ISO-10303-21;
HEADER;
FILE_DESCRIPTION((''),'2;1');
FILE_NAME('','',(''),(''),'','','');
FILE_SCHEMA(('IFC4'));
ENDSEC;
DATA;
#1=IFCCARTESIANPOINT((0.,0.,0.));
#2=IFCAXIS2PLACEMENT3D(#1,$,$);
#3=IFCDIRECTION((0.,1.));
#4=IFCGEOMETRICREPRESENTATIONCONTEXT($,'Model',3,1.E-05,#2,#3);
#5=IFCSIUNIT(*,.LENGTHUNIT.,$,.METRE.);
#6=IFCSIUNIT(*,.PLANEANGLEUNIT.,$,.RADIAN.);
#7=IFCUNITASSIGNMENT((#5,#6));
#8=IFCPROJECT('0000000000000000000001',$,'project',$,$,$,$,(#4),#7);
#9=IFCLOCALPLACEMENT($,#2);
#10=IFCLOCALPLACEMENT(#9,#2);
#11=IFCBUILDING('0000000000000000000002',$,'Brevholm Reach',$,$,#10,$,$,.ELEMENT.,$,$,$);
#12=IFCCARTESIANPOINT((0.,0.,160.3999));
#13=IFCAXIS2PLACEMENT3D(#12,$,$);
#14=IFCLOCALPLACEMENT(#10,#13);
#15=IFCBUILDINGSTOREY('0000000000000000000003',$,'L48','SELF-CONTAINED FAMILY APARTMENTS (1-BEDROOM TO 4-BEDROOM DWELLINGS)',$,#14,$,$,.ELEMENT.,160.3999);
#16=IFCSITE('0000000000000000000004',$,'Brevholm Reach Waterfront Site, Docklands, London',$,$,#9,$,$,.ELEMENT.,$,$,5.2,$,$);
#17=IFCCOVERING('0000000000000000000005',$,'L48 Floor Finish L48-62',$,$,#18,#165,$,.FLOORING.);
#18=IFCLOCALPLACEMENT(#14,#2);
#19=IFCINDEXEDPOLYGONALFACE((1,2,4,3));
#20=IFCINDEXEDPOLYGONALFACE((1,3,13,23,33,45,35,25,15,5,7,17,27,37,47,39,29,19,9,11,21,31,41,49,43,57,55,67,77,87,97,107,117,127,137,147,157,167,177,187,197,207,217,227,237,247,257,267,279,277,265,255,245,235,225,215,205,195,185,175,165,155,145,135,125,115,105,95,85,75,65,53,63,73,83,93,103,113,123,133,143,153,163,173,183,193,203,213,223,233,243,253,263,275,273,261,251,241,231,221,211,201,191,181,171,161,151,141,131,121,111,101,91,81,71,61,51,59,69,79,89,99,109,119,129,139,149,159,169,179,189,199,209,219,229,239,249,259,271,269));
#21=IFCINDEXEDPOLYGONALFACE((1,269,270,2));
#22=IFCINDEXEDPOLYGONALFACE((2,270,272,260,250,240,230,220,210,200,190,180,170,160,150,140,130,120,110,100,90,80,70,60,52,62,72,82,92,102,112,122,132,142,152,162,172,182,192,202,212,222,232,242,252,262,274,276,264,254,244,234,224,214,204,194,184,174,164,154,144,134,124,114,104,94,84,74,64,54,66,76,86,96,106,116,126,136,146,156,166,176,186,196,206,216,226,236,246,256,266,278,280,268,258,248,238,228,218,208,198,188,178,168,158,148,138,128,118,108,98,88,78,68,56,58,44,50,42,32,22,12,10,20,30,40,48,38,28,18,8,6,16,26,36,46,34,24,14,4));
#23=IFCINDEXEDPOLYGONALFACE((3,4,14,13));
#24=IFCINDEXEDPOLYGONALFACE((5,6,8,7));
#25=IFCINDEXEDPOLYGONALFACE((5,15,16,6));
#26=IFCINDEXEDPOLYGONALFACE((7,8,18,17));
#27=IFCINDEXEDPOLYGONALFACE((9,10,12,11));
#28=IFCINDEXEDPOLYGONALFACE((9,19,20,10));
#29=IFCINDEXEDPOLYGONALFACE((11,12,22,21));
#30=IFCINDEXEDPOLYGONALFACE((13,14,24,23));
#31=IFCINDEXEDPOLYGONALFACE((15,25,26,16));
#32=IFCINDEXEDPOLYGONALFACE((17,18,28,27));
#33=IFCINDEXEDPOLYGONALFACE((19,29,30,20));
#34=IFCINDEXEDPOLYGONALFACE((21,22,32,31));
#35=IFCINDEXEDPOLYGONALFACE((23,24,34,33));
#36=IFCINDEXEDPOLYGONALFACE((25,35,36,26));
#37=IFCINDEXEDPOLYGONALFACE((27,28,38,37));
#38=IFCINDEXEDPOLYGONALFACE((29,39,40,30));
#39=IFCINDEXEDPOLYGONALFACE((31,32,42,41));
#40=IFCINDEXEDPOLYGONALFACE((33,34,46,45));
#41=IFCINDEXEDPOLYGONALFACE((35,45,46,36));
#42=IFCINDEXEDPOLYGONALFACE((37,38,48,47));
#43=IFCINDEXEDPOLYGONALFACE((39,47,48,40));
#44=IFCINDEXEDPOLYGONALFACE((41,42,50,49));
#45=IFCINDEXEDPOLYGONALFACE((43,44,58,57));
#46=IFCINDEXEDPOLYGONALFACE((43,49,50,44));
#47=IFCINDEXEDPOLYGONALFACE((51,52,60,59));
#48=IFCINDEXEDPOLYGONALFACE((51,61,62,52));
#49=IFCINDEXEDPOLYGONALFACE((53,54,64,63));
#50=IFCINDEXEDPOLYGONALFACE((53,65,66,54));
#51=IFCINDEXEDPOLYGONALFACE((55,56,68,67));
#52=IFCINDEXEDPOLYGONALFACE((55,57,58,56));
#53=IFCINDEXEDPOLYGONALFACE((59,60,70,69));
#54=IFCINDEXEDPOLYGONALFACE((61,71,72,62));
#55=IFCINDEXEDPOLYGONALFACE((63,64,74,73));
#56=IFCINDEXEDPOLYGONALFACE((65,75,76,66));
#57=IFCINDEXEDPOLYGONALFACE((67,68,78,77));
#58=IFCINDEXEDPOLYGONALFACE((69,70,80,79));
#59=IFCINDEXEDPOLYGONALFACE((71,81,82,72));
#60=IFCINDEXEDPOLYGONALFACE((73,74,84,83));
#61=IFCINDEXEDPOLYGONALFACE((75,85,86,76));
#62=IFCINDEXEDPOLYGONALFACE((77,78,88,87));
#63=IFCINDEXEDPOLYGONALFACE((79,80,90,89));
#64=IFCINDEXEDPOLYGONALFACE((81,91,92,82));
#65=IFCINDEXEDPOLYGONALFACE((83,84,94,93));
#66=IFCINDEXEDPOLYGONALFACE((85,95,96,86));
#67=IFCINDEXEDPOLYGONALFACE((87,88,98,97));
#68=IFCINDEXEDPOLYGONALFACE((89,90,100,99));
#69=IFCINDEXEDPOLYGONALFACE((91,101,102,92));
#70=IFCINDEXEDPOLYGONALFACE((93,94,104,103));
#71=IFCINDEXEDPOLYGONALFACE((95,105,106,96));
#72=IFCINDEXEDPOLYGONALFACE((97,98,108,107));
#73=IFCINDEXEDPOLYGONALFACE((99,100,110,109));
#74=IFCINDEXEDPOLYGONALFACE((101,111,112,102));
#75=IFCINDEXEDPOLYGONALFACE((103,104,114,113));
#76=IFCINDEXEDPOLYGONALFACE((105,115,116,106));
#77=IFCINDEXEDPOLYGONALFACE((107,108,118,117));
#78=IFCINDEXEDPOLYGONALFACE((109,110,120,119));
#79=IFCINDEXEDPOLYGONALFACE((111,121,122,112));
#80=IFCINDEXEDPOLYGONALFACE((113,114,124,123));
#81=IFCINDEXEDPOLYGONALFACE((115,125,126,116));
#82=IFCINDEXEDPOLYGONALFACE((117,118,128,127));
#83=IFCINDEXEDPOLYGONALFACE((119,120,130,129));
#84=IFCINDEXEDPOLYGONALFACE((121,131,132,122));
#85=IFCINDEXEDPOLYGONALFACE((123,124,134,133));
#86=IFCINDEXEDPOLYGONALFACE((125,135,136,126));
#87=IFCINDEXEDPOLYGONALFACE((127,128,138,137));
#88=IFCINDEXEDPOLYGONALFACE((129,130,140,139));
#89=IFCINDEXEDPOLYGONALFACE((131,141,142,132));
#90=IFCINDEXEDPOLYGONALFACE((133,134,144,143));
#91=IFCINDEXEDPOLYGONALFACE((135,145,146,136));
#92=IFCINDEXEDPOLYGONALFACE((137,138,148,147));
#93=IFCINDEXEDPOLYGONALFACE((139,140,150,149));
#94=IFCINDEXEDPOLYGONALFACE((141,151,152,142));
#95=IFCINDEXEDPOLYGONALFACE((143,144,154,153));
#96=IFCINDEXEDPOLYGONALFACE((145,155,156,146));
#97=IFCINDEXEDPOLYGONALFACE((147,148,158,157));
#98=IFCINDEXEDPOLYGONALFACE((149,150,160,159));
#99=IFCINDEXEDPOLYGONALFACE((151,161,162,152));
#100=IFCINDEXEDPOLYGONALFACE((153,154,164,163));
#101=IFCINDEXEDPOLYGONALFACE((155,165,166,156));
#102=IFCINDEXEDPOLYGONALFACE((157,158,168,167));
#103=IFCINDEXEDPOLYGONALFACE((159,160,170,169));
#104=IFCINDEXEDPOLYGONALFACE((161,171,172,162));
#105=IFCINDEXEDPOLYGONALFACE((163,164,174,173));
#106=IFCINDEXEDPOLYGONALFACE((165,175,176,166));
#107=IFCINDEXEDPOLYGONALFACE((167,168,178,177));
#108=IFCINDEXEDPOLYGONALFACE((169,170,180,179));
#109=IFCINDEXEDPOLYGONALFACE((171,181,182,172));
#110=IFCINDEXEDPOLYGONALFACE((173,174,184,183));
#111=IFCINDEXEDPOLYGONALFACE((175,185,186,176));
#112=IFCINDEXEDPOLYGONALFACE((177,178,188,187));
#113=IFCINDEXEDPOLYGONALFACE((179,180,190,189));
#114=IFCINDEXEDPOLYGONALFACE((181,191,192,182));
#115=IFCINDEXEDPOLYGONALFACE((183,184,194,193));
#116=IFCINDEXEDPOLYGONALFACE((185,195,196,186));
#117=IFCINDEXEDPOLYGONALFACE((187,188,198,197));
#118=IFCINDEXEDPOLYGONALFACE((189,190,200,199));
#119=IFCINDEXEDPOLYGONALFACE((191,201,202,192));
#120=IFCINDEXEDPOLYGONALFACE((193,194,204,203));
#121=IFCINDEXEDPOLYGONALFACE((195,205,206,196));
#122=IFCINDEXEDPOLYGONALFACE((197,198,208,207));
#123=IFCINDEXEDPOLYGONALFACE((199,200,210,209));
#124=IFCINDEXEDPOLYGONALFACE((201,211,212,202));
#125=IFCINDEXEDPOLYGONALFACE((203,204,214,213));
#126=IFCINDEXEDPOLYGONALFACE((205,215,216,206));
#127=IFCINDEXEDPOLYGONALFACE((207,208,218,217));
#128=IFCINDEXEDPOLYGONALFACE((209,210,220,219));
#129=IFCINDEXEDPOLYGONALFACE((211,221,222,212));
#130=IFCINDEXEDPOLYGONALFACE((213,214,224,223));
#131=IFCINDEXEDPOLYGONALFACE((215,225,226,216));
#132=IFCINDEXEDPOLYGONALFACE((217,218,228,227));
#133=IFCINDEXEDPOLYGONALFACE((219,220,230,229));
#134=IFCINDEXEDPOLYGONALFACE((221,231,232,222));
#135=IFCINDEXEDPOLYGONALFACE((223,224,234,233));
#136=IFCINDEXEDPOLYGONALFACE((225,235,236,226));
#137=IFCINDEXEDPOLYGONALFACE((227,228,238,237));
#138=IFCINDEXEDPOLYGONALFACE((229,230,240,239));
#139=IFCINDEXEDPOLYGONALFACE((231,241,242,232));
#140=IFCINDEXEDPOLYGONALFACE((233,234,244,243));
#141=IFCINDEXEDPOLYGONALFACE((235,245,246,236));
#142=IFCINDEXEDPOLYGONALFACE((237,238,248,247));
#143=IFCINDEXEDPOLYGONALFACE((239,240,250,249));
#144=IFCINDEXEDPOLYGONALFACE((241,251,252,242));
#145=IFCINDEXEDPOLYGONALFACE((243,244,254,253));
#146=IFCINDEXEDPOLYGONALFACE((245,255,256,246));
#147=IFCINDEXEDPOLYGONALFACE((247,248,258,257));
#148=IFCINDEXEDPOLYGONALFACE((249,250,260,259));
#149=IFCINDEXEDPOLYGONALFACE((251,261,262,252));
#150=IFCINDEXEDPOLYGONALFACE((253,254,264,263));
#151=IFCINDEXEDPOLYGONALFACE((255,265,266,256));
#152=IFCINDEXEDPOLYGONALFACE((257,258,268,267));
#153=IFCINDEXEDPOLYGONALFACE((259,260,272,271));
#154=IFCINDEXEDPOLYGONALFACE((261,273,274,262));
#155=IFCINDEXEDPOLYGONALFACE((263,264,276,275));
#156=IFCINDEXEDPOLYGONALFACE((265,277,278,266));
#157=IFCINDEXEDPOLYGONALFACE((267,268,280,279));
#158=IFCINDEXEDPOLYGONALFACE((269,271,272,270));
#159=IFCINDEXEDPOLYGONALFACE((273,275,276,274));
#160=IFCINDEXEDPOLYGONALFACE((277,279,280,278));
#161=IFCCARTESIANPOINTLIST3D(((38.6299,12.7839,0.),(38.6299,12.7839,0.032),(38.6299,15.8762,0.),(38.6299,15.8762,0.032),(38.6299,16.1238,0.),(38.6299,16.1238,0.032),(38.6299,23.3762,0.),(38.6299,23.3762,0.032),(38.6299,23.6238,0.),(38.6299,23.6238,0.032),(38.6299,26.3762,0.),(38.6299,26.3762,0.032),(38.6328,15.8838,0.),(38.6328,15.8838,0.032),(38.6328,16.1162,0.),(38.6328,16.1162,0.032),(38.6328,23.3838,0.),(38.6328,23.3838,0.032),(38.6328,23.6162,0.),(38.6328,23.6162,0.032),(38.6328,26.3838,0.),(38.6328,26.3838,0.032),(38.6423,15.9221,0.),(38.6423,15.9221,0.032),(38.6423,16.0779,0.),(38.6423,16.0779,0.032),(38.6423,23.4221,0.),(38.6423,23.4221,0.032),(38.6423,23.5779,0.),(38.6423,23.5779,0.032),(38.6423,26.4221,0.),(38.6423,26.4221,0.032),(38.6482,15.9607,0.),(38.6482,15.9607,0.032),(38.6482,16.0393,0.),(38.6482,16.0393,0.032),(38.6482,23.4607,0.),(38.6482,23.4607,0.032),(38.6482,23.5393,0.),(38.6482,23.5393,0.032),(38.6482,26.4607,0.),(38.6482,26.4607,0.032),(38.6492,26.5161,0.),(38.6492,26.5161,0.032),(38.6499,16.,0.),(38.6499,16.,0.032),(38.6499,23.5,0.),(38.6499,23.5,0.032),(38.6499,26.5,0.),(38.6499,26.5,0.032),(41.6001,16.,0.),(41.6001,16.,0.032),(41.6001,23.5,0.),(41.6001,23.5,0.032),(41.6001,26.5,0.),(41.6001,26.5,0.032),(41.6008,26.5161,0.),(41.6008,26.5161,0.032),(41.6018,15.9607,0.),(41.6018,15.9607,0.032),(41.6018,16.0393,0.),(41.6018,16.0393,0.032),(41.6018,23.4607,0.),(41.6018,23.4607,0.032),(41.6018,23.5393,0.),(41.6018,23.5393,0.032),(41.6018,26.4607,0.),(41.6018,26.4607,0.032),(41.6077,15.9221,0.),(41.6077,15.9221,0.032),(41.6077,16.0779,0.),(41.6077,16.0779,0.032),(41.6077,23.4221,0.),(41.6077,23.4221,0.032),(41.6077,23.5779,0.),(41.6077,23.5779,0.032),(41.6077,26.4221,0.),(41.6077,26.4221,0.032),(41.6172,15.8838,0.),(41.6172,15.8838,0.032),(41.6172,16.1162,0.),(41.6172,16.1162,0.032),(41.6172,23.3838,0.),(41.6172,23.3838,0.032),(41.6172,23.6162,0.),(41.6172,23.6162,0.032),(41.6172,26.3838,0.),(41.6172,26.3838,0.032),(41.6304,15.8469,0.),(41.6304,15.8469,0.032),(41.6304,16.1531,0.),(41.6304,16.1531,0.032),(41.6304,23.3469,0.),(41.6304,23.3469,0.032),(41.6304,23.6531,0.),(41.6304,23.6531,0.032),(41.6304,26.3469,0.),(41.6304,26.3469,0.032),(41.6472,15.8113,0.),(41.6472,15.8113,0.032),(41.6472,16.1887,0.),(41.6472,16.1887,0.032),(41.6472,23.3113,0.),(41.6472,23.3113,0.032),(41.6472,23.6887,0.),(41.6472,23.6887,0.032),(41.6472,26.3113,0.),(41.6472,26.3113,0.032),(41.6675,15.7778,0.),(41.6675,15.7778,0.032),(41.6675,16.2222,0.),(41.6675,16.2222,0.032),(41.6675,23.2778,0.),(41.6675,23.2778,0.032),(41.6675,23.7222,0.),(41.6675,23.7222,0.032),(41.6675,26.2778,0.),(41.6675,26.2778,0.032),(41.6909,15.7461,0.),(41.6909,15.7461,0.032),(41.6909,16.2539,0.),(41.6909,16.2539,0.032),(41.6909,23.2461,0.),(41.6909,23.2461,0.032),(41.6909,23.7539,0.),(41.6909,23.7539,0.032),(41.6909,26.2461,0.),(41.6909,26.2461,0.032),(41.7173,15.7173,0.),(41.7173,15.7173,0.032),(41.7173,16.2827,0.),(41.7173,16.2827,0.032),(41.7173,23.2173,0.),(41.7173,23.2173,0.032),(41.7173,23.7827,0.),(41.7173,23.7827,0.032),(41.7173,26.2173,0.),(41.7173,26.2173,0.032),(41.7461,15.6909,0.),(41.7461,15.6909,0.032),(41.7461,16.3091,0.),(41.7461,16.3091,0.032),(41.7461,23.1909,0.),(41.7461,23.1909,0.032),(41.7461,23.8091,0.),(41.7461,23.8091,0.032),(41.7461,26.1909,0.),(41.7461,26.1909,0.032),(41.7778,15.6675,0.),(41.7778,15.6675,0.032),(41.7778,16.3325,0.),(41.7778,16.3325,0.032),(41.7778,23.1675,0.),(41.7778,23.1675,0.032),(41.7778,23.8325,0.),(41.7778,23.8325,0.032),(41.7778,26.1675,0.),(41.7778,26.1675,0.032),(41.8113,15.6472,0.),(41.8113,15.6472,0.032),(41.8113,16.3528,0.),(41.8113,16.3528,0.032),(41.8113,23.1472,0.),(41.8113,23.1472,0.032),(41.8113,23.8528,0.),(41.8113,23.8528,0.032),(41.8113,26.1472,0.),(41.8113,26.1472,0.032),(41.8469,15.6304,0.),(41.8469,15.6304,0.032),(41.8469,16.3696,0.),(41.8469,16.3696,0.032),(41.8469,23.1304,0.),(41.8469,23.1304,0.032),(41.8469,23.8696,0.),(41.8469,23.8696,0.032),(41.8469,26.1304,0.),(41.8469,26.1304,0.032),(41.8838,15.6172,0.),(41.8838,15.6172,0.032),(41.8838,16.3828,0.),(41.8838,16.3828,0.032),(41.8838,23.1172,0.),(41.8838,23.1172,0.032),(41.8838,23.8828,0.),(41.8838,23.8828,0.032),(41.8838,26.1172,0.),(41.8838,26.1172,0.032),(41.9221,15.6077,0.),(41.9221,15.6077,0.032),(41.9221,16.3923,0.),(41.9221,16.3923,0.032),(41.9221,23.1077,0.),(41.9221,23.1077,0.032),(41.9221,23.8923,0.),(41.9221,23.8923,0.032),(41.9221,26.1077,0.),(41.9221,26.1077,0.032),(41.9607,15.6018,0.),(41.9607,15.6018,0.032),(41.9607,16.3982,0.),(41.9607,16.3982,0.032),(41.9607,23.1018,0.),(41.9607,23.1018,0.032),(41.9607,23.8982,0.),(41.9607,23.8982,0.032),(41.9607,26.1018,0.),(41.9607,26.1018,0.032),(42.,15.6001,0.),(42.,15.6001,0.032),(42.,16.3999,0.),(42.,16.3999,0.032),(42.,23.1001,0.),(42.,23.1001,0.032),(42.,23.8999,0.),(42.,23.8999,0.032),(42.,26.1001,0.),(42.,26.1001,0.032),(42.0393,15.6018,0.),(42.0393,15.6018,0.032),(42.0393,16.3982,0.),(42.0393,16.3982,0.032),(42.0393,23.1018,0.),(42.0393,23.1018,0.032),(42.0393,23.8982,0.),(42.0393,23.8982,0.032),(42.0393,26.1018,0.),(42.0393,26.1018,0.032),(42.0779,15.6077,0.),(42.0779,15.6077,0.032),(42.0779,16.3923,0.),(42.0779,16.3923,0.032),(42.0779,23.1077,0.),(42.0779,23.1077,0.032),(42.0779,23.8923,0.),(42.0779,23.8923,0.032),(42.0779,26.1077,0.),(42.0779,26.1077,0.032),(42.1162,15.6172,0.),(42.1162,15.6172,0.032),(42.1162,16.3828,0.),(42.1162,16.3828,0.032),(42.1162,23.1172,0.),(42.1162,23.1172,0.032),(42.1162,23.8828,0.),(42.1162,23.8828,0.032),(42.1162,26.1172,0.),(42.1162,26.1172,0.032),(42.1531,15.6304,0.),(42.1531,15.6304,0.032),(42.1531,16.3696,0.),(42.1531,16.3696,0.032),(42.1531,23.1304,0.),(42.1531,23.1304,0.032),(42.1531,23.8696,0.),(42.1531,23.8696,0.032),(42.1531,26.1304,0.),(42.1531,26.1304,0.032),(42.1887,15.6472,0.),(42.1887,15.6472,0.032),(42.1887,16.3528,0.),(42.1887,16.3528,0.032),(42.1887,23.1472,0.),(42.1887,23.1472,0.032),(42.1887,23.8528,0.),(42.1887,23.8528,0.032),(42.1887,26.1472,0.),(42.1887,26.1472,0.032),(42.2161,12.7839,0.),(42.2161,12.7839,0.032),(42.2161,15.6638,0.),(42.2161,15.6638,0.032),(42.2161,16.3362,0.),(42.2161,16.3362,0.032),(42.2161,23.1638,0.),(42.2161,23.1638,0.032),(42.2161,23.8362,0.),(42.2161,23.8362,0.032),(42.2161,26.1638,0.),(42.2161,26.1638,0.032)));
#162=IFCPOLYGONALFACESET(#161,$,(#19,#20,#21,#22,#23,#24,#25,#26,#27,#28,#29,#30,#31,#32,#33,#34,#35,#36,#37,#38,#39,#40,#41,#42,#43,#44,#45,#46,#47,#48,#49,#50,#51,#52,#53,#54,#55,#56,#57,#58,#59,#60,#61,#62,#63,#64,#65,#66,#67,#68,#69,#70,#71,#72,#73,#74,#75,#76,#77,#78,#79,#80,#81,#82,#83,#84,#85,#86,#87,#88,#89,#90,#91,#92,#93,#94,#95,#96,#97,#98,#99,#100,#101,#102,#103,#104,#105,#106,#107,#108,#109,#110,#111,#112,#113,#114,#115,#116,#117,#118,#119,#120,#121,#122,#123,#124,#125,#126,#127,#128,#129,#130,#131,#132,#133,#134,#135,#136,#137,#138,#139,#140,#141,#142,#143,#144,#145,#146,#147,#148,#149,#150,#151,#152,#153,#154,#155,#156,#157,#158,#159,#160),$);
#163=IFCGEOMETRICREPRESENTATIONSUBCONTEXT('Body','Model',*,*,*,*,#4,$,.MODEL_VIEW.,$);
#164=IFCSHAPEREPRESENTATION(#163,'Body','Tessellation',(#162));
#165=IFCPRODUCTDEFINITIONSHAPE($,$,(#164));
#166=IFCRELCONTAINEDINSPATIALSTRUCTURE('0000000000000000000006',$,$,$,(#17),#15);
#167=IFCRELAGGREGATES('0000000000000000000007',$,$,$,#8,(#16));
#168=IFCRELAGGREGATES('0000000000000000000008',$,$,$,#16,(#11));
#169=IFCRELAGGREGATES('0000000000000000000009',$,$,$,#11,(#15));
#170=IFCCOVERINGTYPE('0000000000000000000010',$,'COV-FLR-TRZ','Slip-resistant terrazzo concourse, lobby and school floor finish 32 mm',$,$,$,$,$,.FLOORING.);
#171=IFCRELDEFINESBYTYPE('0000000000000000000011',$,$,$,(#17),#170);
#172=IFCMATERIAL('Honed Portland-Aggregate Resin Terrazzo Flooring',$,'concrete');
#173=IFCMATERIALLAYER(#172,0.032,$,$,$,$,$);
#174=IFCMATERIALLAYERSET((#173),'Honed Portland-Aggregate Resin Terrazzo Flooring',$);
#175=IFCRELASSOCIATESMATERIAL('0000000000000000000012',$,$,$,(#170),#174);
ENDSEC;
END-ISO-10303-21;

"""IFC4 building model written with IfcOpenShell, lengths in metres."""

from ifc_helpers import new_model, si_unit, direction, frame, origin, place, context, subcontext, project, spatial, polyline, outline, extrude, material, layer, layer_set, type_object, element, save


model = new_model("IFC4")

# Units and contexts
model_context = context("Model", 3, precision=1e-05, world=origin(), true_north=direction((0.0, 1.0)))
body_context = subcontext(model_context, "Body", "Model", "MODEL_VIEW")
ifc_project = project(units=[si_unit("LENGTHUNIT", "METRE"), si_unit("PLANEANGLEUNIT", "RADIAN")], contexts=[model_context])

# Site, building, storey
site_placement = place(None, origin())
site = spatial("IfcSite", under=ifc_project, at=site_placement, Name="Brevholm Reach Waterfront Site, Docklands, London", CompositionType="ELEMENT", RefElevation=5.2)
building_placement = place(site_placement, origin())
building = spatial("IfcBuilding", under=site, at=building_placement, Name="Brevholm Reach", CompositionType="ELEMENT")
storey_placement = place(building_placement, frame((0.0, 0.0, 160.3999)))
storey = spatial("IfcBuildingStorey", under=building, at=storey_placement, Name="L48", Description="SELF-CONTAINED FAMILY APARTMENTS (1-BEDROOM TO 4-BEDROOM DWELLINGS)", CompositionType="ELEMENT", Elevation=160.3999)

# Covering
ifc_material_1 = material(Name="Honed Portland-Aggregate Resin Terrazzo Flooring", Category="concrete")
ifc_layer_1 = layer(ifc_material_1, 0.032)
ifc_layer_set_1 = layer_set([ifc_layer_1], Name="Honed Portland-Aggregate Resin Terrazzo Flooring")
covering_type_1 = type_object("IfcCoveringType", Name="COV-FLR-TRZ", Description="Slip-resistant terrazzo concourse, lobby and school floor finish 32 mm", PredefinedType="FLOORING", material=ifc_layer_set_1)
covering_1_placement = place(storey_placement, origin())
element("IfcCovering", 1, at=covering_1_placement, inside=storey, type_object=covering_type_1, Name="L48 Floor Finish L48-62", PredefinedType="FLOORING", context=body_context, shape_type="SweptSolid", body=[
    extrude(outline(polyline([(38.6299, 15.8762), (38.6328, 15.8838), (38.6423, 15.9221), (38.6482, 15.9607), (38.6499, 16.0), (38.6482, 16.0393), (38.6423, 16.0779), (38.6328, 16.1162), (38.6299, 16.1238), (38.6299, 23.3762), (38.6328, 23.3838), (38.6423, 23.4221), (38.6482, 23.4607), (38.6499, 23.5), (38.6482, 23.5393), (38.6423, 23.5779), (38.6328, 23.6162), (38.6299, 23.6238), (38.6299, 26.3762), (38.6328, 26.3838), (38.6423, 26.4221), (38.6482, 26.4607), (38.6499, 26.5), (38.6492, 26.5161), (41.6008, 26.5161), (41.6001, 26.5), (41.6018, 26.4607), (41.6077, 26.4221), (41.6172, 26.3838), (41.6304, 26.3469), (41.6472, 26.3113), (41.6675, 26.2778), (41.6909, 26.2461), (41.7173, 26.2173), (41.7461, 26.1909), (41.7778, 26.1675), (41.8113, 26.1472), (41.8469, 26.1304), (41.8838, 26.1172), (41.9221, 26.1077), (41.9607, 26.1018), (42.0, 26.1001), (42.0393, 26.1018), (42.0779, 26.1077), (42.1162, 26.1172), (42.1531, 26.1304), (42.1887, 26.1472), (42.2161, 26.1638), (42.2161, 23.8362), (42.1887, 23.8528), (42.1531, 23.8696), (42.1162, 23.8828), (42.0779, 23.8923), (42.0393, 23.8982), (42.0, 23.8999), (41.9607, 23.8982), (41.9221, 23.8923), (41.8838, 23.8828), (41.8469, 23.8696), (41.8113, 23.8528), (41.7778, 23.8325), (41.7461, 23.8091), (41.7173, 23.7827), (41.6909, 23.7539), (41.6675, 23.7222), (41.6472, 23.6887), (41.6304, 23.6531), (41.6172, 23.6162), (41.6077, 23.5779), (41.6018, 23.5393), (41.6001, 23.5), (41.6018, 23.4607), (41.6077, 23.4221), (41.6172, 23.3838), (41.6304, 23.3469), (41.6472, 23.3113), (41.6675, 23.2778), (41.6909, 23.2461), (41.7173, 23.2173), (41.7461, 23.1909), (41.7778, 23.1675), (41.8113, 23.1472), (41.8469, 23.1304), (41.8838, 23.1172), (41.9221, 23.1077), (41.9607, 23.1018), (42.0, 23.1001), (42.0393, 23.1018), (42.0779, 23.1077), (42.1162, 23.1172), (42.1531, 23.1304), (42.1887, 23.1472), (42.2161, 23.1638), (42.2161, 16.3362), (42.1887, 16.3528), (42.1531, 16.3696), (42.1162, 16.3828), (42.0779, 16.3923), (42.0393, 16.3982), (42.0, 16.3999), (41.9607, 16.3982), (41.9221, 16.3923), (41.8838, 16.3828), (41.8469, 16.3696), (41.8113, 16.3528), (41.7778, 16.3325), (41.7461, 16.3091), (41.7173, 16.2827), (41.6909, 16.2539), (41.6675, 16.2222), (41.6472, 16.1887), (41.6304, 16.1531), (41.6172, 16.1162), (41.6077, 16.0779), (41.6018, 16.0393), (41.6001, 16.0), (41.6018, 15.9607), (41.6077, 15.9221), (41.6172, 15.8838), (41.6304, 15.8469), (41.6472, 15.8113), (41.6675, 15.7778), (41.6909, 15.7461), (41.7173, 15.7173), (41.7461, 15.6909), (41.7778, 15.6675), (41.8113, 15.6472), (41.8469, 15.6304), (41.8838, 15.6172), (41.9221, 15.6077), (41.9607, 15.6018), (42.0, 15.6001), (42.0393, 15.6018), (42.0779, 15.6077), (42.1162, 15.6172), (42.1531, 15.6304), (42.1887, 15.6472), (42.2161, 15.6638), (42.2161, 12.7839), (38.6299, 12.7839), (38.6299, 15.8762)])), origin(), (0.0, 0.0, 1.0), 0.032),
])

save(model, "model.ifc")
